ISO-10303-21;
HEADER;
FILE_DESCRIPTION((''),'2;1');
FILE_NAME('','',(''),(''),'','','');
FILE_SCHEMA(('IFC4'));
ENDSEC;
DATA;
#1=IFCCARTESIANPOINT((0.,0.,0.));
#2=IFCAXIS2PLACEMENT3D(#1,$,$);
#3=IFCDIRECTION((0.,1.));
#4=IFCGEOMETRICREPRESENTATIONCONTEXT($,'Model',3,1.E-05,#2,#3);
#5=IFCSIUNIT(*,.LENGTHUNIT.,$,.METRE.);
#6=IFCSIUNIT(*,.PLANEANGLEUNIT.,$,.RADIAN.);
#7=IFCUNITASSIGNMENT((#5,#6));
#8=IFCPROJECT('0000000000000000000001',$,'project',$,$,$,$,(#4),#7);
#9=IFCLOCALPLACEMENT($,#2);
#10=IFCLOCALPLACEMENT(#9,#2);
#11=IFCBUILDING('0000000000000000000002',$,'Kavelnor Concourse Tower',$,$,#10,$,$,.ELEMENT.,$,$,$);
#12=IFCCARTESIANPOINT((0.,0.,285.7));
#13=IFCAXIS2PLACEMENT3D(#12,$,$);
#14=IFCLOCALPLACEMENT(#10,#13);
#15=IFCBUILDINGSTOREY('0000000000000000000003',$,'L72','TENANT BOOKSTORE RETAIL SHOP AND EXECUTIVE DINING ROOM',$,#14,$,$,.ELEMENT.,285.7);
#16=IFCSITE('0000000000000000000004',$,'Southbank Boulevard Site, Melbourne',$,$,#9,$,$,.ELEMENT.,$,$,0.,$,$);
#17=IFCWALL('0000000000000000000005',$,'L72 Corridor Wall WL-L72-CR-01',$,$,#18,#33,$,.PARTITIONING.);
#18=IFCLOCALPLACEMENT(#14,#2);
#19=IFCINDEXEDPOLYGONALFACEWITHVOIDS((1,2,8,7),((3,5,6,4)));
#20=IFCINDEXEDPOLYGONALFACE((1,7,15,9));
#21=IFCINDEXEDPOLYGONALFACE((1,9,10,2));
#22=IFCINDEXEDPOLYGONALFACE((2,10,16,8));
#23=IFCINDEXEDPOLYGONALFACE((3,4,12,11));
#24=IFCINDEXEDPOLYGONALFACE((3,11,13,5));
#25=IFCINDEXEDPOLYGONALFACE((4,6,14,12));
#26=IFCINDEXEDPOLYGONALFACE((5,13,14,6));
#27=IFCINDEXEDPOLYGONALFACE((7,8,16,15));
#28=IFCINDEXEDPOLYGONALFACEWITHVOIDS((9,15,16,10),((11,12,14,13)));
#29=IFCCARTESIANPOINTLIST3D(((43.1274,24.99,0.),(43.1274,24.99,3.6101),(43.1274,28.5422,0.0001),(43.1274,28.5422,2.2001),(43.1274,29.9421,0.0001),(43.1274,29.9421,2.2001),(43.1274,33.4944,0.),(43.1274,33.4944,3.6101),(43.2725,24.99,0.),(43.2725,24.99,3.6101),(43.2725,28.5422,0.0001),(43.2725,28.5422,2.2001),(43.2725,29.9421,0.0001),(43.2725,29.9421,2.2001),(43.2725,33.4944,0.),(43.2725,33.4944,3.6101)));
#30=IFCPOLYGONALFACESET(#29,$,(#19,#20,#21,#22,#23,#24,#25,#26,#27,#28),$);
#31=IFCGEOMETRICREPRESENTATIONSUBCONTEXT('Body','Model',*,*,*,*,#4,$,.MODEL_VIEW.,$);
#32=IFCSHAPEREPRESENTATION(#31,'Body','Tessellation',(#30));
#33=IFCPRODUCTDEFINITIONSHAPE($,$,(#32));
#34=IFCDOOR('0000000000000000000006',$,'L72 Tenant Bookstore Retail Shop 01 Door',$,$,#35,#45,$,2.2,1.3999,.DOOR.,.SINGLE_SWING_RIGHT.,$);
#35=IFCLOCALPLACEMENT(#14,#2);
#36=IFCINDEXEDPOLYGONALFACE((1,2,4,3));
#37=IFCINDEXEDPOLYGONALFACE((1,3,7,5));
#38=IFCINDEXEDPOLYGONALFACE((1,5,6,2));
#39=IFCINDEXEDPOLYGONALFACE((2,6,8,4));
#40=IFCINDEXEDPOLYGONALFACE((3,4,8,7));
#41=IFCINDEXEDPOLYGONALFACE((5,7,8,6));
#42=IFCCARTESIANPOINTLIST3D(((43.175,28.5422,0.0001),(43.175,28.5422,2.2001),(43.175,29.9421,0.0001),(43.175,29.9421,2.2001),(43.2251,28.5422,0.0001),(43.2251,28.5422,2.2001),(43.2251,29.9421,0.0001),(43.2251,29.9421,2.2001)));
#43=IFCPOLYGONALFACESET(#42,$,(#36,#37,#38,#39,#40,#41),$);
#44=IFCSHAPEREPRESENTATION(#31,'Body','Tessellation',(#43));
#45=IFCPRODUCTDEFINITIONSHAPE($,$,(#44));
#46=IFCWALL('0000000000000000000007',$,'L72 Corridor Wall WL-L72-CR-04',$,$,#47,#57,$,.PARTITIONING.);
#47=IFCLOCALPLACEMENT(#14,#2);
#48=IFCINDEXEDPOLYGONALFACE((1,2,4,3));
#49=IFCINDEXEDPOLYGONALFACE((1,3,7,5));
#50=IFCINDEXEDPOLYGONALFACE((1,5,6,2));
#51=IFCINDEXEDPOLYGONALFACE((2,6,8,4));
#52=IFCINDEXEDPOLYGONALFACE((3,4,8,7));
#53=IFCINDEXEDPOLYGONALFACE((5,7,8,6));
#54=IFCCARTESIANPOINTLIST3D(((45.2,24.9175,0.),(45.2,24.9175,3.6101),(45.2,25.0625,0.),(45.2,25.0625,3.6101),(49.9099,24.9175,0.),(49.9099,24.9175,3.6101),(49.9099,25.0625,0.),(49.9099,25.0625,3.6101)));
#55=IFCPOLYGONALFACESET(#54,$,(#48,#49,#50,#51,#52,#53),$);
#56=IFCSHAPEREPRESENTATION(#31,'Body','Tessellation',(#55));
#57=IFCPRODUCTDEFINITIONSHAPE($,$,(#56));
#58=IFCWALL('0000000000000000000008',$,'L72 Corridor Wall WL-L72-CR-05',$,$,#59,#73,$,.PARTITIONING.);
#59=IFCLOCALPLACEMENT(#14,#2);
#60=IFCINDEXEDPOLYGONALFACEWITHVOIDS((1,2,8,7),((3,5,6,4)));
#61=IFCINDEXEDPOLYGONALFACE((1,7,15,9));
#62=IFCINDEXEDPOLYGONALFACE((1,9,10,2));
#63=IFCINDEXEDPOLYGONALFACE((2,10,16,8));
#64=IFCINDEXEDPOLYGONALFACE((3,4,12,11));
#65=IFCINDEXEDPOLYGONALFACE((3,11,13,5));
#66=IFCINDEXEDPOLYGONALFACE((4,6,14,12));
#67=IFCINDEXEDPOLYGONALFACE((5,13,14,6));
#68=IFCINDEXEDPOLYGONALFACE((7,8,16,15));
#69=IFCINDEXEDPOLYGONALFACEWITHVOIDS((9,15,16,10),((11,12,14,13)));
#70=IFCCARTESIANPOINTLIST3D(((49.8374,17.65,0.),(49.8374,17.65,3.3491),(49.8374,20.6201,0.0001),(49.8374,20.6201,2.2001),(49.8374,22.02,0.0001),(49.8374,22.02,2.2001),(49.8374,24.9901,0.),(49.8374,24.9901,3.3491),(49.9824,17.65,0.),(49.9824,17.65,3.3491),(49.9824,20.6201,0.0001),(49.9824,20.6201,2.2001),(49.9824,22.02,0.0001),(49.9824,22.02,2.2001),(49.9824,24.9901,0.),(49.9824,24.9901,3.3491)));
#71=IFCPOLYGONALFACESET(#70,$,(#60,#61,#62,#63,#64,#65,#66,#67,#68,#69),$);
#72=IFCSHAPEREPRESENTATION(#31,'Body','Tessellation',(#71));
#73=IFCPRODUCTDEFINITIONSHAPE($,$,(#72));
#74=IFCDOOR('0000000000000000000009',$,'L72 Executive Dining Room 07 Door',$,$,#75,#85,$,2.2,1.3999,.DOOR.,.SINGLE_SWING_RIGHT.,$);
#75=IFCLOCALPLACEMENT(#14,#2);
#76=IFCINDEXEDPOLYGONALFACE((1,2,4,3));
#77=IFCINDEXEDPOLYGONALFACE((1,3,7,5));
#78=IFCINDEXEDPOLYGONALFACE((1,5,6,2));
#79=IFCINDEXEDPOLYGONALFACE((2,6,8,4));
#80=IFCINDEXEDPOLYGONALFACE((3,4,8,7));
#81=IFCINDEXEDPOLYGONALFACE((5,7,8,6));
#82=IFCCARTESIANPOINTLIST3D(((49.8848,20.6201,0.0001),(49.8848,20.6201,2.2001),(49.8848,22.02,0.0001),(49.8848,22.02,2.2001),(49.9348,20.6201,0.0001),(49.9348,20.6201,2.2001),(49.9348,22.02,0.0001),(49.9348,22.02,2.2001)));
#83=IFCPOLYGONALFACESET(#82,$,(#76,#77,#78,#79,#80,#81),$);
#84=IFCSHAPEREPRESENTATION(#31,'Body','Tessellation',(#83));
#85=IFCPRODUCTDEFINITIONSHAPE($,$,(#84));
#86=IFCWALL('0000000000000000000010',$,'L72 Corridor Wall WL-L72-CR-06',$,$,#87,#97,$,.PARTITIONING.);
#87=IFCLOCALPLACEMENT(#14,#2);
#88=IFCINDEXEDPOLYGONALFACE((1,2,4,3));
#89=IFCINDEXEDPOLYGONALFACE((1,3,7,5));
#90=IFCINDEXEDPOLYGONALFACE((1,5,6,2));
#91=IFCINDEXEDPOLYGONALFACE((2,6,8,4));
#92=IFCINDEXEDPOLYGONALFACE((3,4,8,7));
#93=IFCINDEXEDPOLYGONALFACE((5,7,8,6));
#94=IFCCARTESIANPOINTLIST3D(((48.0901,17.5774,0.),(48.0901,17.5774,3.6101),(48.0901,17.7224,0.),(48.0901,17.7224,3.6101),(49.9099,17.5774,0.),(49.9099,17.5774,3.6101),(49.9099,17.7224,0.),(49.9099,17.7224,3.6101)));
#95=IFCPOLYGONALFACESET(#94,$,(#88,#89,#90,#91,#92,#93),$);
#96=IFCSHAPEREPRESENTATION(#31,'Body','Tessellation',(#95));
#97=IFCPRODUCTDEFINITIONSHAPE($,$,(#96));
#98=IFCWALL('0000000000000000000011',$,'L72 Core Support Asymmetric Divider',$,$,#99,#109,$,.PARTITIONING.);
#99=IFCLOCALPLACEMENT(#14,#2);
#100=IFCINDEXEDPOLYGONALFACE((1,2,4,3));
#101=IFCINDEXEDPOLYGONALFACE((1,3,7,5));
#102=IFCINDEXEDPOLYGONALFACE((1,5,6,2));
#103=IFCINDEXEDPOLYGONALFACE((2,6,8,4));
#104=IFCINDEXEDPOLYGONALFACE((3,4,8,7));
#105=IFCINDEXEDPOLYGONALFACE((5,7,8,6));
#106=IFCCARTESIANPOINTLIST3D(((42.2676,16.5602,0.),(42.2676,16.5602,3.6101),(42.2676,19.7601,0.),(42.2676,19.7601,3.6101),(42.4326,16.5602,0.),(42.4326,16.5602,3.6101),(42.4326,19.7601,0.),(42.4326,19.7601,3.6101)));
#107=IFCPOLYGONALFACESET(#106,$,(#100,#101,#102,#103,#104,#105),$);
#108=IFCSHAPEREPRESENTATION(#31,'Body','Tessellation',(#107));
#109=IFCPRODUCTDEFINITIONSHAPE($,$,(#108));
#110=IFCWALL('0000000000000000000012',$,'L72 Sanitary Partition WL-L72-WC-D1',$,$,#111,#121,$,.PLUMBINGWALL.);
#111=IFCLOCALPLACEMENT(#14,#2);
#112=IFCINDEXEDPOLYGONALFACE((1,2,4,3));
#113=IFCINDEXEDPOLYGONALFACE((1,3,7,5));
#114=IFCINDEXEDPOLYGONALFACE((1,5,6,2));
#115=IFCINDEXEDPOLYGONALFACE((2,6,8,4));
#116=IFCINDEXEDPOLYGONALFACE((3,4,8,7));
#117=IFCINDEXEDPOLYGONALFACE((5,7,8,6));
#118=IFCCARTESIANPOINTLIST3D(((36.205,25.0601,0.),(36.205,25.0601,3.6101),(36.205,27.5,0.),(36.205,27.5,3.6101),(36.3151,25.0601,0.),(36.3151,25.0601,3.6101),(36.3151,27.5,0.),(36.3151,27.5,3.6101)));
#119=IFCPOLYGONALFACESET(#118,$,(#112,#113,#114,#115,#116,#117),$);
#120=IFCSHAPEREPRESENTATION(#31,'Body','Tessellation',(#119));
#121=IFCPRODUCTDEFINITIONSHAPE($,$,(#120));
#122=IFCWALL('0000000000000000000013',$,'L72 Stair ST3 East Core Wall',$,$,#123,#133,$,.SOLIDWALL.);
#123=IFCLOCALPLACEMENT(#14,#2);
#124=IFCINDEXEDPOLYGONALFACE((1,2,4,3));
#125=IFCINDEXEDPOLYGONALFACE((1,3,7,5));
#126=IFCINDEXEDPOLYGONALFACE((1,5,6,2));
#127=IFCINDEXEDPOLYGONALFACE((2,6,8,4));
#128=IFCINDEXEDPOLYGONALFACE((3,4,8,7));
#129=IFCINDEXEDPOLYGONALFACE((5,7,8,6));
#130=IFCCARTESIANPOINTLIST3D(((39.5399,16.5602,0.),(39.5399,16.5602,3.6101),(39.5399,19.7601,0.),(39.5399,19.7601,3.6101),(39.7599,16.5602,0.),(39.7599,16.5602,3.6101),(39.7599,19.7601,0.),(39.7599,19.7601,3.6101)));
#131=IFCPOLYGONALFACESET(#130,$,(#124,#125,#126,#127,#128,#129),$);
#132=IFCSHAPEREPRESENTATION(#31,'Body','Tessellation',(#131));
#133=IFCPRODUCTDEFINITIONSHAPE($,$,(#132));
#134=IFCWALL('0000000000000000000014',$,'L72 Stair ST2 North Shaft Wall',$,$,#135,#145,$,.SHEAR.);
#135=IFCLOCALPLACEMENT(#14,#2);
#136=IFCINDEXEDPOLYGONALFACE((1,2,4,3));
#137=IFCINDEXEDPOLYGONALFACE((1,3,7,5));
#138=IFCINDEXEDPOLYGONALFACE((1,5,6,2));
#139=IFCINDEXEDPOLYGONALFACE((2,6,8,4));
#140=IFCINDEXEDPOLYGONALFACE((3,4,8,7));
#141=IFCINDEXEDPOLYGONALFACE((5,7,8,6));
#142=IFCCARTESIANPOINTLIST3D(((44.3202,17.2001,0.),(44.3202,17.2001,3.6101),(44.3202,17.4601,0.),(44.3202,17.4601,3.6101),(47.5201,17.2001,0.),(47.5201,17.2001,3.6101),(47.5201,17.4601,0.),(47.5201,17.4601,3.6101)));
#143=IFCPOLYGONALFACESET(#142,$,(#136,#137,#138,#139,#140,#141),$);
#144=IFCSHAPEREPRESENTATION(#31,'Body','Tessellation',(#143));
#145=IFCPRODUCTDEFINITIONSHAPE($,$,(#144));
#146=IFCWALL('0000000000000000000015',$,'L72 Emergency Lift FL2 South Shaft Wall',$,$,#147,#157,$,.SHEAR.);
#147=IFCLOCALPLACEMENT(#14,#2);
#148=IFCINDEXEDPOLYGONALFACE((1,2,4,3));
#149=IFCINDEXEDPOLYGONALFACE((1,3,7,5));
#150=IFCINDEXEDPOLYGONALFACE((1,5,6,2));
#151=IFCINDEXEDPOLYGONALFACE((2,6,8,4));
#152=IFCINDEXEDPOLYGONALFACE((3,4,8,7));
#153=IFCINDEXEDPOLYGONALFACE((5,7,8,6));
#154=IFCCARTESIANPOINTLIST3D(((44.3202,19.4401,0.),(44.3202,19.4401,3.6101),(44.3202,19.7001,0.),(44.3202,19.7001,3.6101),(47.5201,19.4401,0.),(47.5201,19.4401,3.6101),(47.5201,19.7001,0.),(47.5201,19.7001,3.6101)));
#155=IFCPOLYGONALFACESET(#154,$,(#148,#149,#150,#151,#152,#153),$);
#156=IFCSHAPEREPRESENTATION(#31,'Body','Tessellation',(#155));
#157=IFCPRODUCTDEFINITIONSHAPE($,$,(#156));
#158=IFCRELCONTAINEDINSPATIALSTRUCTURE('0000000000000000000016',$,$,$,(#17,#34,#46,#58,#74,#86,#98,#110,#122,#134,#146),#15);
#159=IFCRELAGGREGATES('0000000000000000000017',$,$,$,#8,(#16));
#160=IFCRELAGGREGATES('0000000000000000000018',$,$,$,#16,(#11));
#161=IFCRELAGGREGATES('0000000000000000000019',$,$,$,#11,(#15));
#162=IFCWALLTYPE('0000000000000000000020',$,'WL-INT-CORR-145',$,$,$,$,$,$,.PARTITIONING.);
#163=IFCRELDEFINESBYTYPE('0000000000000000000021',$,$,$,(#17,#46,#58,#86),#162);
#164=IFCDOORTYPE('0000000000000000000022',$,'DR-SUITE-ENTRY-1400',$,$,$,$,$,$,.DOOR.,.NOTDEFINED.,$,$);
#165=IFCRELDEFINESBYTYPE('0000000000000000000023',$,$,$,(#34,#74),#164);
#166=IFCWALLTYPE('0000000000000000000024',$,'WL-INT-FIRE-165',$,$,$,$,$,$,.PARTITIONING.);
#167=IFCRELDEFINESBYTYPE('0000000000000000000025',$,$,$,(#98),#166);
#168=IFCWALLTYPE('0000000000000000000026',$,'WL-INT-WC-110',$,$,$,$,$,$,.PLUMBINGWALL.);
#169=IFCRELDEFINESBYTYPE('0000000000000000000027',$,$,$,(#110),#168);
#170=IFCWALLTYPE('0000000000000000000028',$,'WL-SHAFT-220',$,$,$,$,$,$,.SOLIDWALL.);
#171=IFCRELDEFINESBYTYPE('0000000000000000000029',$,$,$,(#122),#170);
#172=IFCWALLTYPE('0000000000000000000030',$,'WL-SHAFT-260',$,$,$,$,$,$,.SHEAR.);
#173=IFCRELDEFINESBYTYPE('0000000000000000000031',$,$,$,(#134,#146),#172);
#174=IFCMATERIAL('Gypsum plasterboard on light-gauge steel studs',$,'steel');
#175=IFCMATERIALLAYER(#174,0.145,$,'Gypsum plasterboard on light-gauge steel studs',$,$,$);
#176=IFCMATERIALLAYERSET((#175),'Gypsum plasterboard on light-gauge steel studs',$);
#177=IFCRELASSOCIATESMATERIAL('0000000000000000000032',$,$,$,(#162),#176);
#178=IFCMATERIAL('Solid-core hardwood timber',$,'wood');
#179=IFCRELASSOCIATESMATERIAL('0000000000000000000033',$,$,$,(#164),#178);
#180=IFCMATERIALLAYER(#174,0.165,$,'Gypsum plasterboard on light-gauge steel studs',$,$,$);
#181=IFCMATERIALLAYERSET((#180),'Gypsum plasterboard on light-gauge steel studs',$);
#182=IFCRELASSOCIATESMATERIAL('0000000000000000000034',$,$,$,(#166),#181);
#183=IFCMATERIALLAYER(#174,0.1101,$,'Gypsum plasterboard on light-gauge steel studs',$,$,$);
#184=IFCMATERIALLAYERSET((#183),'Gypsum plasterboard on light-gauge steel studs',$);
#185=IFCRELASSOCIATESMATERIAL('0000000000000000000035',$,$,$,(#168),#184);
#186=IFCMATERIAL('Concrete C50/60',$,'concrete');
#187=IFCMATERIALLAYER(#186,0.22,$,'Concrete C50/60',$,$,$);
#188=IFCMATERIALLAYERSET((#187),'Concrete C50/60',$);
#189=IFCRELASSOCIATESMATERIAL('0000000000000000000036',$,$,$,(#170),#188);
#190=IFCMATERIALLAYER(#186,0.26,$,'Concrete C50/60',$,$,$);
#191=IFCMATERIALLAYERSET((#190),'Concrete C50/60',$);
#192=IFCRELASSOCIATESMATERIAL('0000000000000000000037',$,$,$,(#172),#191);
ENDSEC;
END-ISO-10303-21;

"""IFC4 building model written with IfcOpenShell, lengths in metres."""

from ifc_helpers import new_model, si_unit, direction, frame, frame_2d, origin, place, context, subcontext, project, spatial, rectangle, extrude, material, layer, layer_set, type_object, element, fill, save


model = new_model("IFC4")

# Units and contexts
model_context = context("Model", 3, precision=1e-05, world=origin(), true_north=direction((0.0, 1.0)))
body_context = subcontext(model_context, "Body", "Model", "MODEL_VIEW")
ifc_project = project(units=[si_unit("LENGTHUNIT", "METRE"), si_unit("PLANEANGLEUNIT", "RADIAN")], contexts=[model_context])

# Site, building, storey
site_placement = place(None, origin())
site = spatial("IfcSite", under=ifc_project, at=site_placement, Name="Southbank Boulevard Site, Melbourne", CompositionType="ELEMENT", RefElevation=0.0)
building_placement = place(site_placement, origin())
building = spatial("IfcBuilding", under=site, at=building_placement, Name="Kavelnor Concourse Tower", CompositionType="ELEMENT")
storey_placement = place(building_placement, frame((0.0, 0.0, 285.7)))
storey = spatial("IfcBuildingStorey", under=building, at=storey_placement, Name="L72", Description="TENANT BOOKSTORE RETAIL SHOP AND EXECUTIVE DINING ROOM", CompositionType="ELEMENT", Elevation=285.7)

# Wall, opening, door
ifc_material_1 = material(Name="Gypsum plasterboard on light-gauge steel studs", Category="steel")
ifc_layer_1 = layer(ifc_material_1, 0.145, Name="Gypsum plasterboard on light-gauge steel studs")
ifc_layer_set_1 = layer_set([ifc_layer_1], Name="Gypsum plasterboard on light-gauge steel studs")
wall_type_1 = type_object("IfcWallType", Name="WL-INT-CORR-145", PredefinedType="PARTITIONING", material=ifc_layer_set_1)
wall_1_placement = place(storey_placement, frame((43.2, 24.99, 0.0), z_axis=(0.0, 0.0, 1.0), x_axis=(0.0, 1.0, 0.0)))
wall_1 = element("IfcWall", 1, at=wall_1_placement, inside=storey, type_object=wall_type_1, Name="L72 Corridor Wall WL-L72-CR-01", PredefinedType="PARTITIONING", context=body_context, shape_type="SweptSolid", body=[
    extrude(rectangle(XDim=8.5044, YDim=0.145, at=frame_2d((4.2522, 0.0))), origin(), (0.0, 0.0, 1.0), 3.6101),
])
opening_1_placement = place(wall_1_placement, frame((3.5522, 0.0, 0.0)))
opening_1 = element("IfcOpeningElement", 2, at=opening_1_placement, cuts=wall_1, PredefinedType="OPENING", context=body_context, shape_type="SweptSolid", body=[
    extrude(rectangle(XDim=1.3999, YDim=2.2, at=frame_2d((0.7, 1.1001))), frame((0.0, 0.0825, 0.0), z_axis=(0.0, -1.0, 0.0), x_axis=(1.0, 0.0, 0.0)), (0.0, 0.0, 1.0), 0.165),
])
ifc_material_2 = material(Name="Solid-core hardwood timber", Category="wood")
door_type = type_object("IfcDoorType", Name="DR-SUITE-ENTRY-1400", OperationType="NOTDEFINED", PredefinedType="DOOR", material=ifc_material_2)
door_1_placement = place(opening_1_placement, origin())
door_1 = element("IfcDoor", 3, at=door_1_placement, inside=storey, type_object=door_type, Name="L72 Tenant Bookstore Retail Shop 01 Door", OperationType="SINGLE_SWING_RIGHT", OverallHeight=2.2, OverallWidth=1.3999, PredefinedType="DOOR", context=body_context, shape_type="SweptSolid", body=[
    extrude(rectangle(XDim=1.3999, YDim=2.2, at=frame_2d((0.7, 1.1001))), frame((0.0, 0.0249, 0.0), z_axis=(0.0, -1.0, 0.0), x_axis=(1.0, 0.0, 0.0)), (0.0, 0.0, 1.0), 0.05),
])
fill(opening_1, door_1)

# Wall
wall_2_placement = place(storey_placement, frame((45.2, 24.99, 0.0), z_axis=(0.0, 0.0, 1.0), x_axis=(1.0, 0.0, 0.0)))
element("IfcWall", 4, at=wall_2_placement, inside=storey, type_object=wall_type_1, Name="L72 Corridor Wall WL-L72-CR-04", PredefinedType="PARTITIONING", context=body_context, shape_type="SweptSolid", body=[
    extrude(rectangle(XDim=4.71, YDim=0.145, at=frame_2d((2.355, 0.0))), origin(), (0.0, 0.0, 1.0), 3.6101),
])

# Wall, opening, door
wall_3_placement = place(storey_placement, frame((49.9099, 24.99, 0.0), z_axis=(0.0, 0.0, 1.0), x_axis=(0.0, -1.0, 0.0)))
wall_3 = element("IfcWall", 5, at=wall_3_placement, inside=storey, type_object=wall_type_1, Name="L72 Corridor Wall WL-L72-CR-05", PredefinedType="PARTITIONING", context=body_context, shape_type="SweptSolid", body=[
    extrude(rectangle(XDim=7.3401, YDim=0.145, at=frame_2d((3.6699, 0.0))), origin(), (0.0, 0.0, 1.0), 3.3491),
])
opening_2_placement = place(wall_3_placement, frame((2.97, 0.0, 0.0)))
opening_2 = element("IfcOpeningElement", 6, at=opening_2_placement, cuts=wall_3, PredefinedType="OPENING", context=body_context, shape_type="SweptSolid", body=[
    extrude(rectangle(XDim=1.3999, YDim=2.2, at=frame_2d((0.7, 1.1001))), frame((0.0, 0.0825, 0.0), z_axis=(0.0, -1.0, 0.0), x_axis=(1.0, 0.0, 0.0)), (0.0, 0.0, 1.0), 0.165),
])
door_2_placement = place(opening_2_placement, origin())
door_2 = element("IfcDoor", 7, at=door_2_placement, inside=storey, type_object=door_type, Name="L72 Executive Dining Room 07 Door", OperationType="SINGLE_SWING_RIGHT", OverallHeight=2.2, OverallWidth=1.3999, PredefinedType="DOOR", context=body_context, shape_type="SweptSolid", body=[
    extrude(rectangle(XDim=1.3999, YDim=2.2, at=frame_2d((0.7, 1.1001))), frame((0.0, 0.0249, 0.0), z_axis=(0.0, -1.0, 0.0), x_axis=(1.0, 0.0, 0.0)), (0.0, 0.0, 1.0), 0.05),
])
fill(opening_2, door_2)

# Walls
wall_4_placement = place(storey_placement, frame((49.9099, 17.6499, 0.0), z_axis=(0.0, 0.0, 1.0), x_axis=(-1.0, 0.0, 0.0)))
element("IfcWall", 8, at=wall_4_placement, inside=storey, type_object=wall_type_1, Name="L72 Corridor Wall WL-L72-CR-06", PredefinedType="PARTITIONING", context=body_context, shape_type="SweptSolid", body=[
    extrude(rectangle(XDim=1.8198, YDim=0.145, at=frame_2d((0.9099, 0.0))), origin(), (0.0, 0.0, 1.0), 3.6101),
])
ifc_layer_2 = layer(ifc_material_1, 0.165, Name="Gypsum plasterboard on light-gauge steel studs")
ifc_layer_set_2 = layer_set([ifc_layer_2], Name="Gypsum plasterboard on light-gauge steel studs")
wall_type_2 = type_object("IfcWallType", Name="WL-INT-FIRE-165", PredefinedType="PARTITIONING", material=ifc_layer_set_2)
wall_5_placement = place(storey_placement, frame((42.3501, 16.5601, 0.0), z_axis=(0.0, 0.0, 1.0), x_axis=(0.0, 1.0, 0.0)))
element("IfcWall", 9, at=wall_5_placement, inside=storey, type_object=wall_type_2, Name="L72 Core Support Asymmetric Divider", PredefinedType="PARTITIONING", context=body_context, shape_type="SweptSolid", body=[
    extrude(rectangle(XDim=3.2, YDim=0.165, at=frame_2d((1.6001, 0.0))), origin(), (0.0, 0.0, 1.0), 3.6101),
])
ifc_layer_3 = layer(ifc_material_1, 0.1101, Name="Gypsum plasterboard on light-gauge steel studs")
ifc_layer_set_3 = layer_set([ifc_layer_3], Name="Gypsum plasterboard on light-gauge steel studs")
wall_type_3 = type_object("IfcWallType", Name="WL-INT-WC-110", PredefinedType="PLUMBINGWALL", material=ifc_layer_set_3)
wall_6_placement = place(storey_placement, frame((36.26, 25.0601, 0.0), z_axis=(0.0, 0.0, 1.0), x_axis=(0.0, 1.0, 0.0)))
element("IfcWall", 10, at=wall_6_placement, inside=storey, type_object=wall_type_3, Name="L72 Sanitary Partition WL-L72-WC-D1", PredefinedType="PLUMBINGWALL", context=body_context, shape_type="SweptSolid", body=[
    extrude(rectangle(XDim=2.4399, YDim=0.1101, at=frame_2d((1.22, 0.0))), origin(), (0.0, 0.0, 1.0), 3.6101),
])
ifc_material_3 = material(Name="Concrete C50/60", Category="concrete")
ifc_layer_4 = layer(ifc_material_3, 0.22, Name="Concrete C50/60")
ifc_layer_set_4 = layer_set([ifc_layer_4], Name="Concrete C50/60")
wall_type_4 = type_object("IfcWallType", Name="WL-SHAFT-220", PredefinedType="SOLIDWALL", material=ifc_layer_set_4)
wall_7_placement = place(storey_placement, frame((39.6499, 16.5601, 0.0), z_axis=(0.0, 0.0, 1.0), x_axis=(0.0, 1.0, 0.0)))
element("IfcWall", 11, at=wall_7_placement, inside=storey, type_object=wall_type_4, Name="L72 Stair ST3 East Core Wall", PredefinedType="SOLIDWALL", context=body_context, shape_type="SweptSolid", body=[
    extrude(rectangle(XDim=3.2, YDim=0.22, at=frame_2d((1.6001, 0.0))), origin(), (0.0, 0.0, 1.0), 3.6101),
])
ifc_layer_5 = layer(ifc_material_3, 0.26, Name="Concrete C50/60")
ifc_layer_set_5 = layer_set([ifc_layer_5], Name="Concrete C50/60")
wall_type_5 = type_object("IfcWallType", Name="WL-SHAFT-260", PredefinedType="SHEAR", material=ifc_layer_set_5)
for number, where, z_axis, x_axis, name in (
    (12, (44.3201, 17.3301, 0.0), (0.0, 0.0, 1.0), (1.0, 0.0, 0.0), "L72 Stair ST2 North Shaft Wall"),
    (13, (44.3201, 19.5701, 0.0), (0.0, 0.0, 1.0), (1.0, 0.0, 0.0), "L72 Emergency Lift FL2 South Shaft Wall"),
):
    element("IfcWall", number, at=place(storey_placement, frame(where, z_axis=z_axis, x_axis=x_axis)), inside=storey, type_object=wall_type_5, Name=name, PredefinedType="SHEAR", context=body_context, shape_type="SweptSolid", body=[
        extrude(rectangle(XDim=3.2, YDim=0.26, at=frame_2d((1.6001, 0.0))), origin(), (0.0, 0.0, 1.0), 3.6101),
    ])

save(model, "model.ifc")
